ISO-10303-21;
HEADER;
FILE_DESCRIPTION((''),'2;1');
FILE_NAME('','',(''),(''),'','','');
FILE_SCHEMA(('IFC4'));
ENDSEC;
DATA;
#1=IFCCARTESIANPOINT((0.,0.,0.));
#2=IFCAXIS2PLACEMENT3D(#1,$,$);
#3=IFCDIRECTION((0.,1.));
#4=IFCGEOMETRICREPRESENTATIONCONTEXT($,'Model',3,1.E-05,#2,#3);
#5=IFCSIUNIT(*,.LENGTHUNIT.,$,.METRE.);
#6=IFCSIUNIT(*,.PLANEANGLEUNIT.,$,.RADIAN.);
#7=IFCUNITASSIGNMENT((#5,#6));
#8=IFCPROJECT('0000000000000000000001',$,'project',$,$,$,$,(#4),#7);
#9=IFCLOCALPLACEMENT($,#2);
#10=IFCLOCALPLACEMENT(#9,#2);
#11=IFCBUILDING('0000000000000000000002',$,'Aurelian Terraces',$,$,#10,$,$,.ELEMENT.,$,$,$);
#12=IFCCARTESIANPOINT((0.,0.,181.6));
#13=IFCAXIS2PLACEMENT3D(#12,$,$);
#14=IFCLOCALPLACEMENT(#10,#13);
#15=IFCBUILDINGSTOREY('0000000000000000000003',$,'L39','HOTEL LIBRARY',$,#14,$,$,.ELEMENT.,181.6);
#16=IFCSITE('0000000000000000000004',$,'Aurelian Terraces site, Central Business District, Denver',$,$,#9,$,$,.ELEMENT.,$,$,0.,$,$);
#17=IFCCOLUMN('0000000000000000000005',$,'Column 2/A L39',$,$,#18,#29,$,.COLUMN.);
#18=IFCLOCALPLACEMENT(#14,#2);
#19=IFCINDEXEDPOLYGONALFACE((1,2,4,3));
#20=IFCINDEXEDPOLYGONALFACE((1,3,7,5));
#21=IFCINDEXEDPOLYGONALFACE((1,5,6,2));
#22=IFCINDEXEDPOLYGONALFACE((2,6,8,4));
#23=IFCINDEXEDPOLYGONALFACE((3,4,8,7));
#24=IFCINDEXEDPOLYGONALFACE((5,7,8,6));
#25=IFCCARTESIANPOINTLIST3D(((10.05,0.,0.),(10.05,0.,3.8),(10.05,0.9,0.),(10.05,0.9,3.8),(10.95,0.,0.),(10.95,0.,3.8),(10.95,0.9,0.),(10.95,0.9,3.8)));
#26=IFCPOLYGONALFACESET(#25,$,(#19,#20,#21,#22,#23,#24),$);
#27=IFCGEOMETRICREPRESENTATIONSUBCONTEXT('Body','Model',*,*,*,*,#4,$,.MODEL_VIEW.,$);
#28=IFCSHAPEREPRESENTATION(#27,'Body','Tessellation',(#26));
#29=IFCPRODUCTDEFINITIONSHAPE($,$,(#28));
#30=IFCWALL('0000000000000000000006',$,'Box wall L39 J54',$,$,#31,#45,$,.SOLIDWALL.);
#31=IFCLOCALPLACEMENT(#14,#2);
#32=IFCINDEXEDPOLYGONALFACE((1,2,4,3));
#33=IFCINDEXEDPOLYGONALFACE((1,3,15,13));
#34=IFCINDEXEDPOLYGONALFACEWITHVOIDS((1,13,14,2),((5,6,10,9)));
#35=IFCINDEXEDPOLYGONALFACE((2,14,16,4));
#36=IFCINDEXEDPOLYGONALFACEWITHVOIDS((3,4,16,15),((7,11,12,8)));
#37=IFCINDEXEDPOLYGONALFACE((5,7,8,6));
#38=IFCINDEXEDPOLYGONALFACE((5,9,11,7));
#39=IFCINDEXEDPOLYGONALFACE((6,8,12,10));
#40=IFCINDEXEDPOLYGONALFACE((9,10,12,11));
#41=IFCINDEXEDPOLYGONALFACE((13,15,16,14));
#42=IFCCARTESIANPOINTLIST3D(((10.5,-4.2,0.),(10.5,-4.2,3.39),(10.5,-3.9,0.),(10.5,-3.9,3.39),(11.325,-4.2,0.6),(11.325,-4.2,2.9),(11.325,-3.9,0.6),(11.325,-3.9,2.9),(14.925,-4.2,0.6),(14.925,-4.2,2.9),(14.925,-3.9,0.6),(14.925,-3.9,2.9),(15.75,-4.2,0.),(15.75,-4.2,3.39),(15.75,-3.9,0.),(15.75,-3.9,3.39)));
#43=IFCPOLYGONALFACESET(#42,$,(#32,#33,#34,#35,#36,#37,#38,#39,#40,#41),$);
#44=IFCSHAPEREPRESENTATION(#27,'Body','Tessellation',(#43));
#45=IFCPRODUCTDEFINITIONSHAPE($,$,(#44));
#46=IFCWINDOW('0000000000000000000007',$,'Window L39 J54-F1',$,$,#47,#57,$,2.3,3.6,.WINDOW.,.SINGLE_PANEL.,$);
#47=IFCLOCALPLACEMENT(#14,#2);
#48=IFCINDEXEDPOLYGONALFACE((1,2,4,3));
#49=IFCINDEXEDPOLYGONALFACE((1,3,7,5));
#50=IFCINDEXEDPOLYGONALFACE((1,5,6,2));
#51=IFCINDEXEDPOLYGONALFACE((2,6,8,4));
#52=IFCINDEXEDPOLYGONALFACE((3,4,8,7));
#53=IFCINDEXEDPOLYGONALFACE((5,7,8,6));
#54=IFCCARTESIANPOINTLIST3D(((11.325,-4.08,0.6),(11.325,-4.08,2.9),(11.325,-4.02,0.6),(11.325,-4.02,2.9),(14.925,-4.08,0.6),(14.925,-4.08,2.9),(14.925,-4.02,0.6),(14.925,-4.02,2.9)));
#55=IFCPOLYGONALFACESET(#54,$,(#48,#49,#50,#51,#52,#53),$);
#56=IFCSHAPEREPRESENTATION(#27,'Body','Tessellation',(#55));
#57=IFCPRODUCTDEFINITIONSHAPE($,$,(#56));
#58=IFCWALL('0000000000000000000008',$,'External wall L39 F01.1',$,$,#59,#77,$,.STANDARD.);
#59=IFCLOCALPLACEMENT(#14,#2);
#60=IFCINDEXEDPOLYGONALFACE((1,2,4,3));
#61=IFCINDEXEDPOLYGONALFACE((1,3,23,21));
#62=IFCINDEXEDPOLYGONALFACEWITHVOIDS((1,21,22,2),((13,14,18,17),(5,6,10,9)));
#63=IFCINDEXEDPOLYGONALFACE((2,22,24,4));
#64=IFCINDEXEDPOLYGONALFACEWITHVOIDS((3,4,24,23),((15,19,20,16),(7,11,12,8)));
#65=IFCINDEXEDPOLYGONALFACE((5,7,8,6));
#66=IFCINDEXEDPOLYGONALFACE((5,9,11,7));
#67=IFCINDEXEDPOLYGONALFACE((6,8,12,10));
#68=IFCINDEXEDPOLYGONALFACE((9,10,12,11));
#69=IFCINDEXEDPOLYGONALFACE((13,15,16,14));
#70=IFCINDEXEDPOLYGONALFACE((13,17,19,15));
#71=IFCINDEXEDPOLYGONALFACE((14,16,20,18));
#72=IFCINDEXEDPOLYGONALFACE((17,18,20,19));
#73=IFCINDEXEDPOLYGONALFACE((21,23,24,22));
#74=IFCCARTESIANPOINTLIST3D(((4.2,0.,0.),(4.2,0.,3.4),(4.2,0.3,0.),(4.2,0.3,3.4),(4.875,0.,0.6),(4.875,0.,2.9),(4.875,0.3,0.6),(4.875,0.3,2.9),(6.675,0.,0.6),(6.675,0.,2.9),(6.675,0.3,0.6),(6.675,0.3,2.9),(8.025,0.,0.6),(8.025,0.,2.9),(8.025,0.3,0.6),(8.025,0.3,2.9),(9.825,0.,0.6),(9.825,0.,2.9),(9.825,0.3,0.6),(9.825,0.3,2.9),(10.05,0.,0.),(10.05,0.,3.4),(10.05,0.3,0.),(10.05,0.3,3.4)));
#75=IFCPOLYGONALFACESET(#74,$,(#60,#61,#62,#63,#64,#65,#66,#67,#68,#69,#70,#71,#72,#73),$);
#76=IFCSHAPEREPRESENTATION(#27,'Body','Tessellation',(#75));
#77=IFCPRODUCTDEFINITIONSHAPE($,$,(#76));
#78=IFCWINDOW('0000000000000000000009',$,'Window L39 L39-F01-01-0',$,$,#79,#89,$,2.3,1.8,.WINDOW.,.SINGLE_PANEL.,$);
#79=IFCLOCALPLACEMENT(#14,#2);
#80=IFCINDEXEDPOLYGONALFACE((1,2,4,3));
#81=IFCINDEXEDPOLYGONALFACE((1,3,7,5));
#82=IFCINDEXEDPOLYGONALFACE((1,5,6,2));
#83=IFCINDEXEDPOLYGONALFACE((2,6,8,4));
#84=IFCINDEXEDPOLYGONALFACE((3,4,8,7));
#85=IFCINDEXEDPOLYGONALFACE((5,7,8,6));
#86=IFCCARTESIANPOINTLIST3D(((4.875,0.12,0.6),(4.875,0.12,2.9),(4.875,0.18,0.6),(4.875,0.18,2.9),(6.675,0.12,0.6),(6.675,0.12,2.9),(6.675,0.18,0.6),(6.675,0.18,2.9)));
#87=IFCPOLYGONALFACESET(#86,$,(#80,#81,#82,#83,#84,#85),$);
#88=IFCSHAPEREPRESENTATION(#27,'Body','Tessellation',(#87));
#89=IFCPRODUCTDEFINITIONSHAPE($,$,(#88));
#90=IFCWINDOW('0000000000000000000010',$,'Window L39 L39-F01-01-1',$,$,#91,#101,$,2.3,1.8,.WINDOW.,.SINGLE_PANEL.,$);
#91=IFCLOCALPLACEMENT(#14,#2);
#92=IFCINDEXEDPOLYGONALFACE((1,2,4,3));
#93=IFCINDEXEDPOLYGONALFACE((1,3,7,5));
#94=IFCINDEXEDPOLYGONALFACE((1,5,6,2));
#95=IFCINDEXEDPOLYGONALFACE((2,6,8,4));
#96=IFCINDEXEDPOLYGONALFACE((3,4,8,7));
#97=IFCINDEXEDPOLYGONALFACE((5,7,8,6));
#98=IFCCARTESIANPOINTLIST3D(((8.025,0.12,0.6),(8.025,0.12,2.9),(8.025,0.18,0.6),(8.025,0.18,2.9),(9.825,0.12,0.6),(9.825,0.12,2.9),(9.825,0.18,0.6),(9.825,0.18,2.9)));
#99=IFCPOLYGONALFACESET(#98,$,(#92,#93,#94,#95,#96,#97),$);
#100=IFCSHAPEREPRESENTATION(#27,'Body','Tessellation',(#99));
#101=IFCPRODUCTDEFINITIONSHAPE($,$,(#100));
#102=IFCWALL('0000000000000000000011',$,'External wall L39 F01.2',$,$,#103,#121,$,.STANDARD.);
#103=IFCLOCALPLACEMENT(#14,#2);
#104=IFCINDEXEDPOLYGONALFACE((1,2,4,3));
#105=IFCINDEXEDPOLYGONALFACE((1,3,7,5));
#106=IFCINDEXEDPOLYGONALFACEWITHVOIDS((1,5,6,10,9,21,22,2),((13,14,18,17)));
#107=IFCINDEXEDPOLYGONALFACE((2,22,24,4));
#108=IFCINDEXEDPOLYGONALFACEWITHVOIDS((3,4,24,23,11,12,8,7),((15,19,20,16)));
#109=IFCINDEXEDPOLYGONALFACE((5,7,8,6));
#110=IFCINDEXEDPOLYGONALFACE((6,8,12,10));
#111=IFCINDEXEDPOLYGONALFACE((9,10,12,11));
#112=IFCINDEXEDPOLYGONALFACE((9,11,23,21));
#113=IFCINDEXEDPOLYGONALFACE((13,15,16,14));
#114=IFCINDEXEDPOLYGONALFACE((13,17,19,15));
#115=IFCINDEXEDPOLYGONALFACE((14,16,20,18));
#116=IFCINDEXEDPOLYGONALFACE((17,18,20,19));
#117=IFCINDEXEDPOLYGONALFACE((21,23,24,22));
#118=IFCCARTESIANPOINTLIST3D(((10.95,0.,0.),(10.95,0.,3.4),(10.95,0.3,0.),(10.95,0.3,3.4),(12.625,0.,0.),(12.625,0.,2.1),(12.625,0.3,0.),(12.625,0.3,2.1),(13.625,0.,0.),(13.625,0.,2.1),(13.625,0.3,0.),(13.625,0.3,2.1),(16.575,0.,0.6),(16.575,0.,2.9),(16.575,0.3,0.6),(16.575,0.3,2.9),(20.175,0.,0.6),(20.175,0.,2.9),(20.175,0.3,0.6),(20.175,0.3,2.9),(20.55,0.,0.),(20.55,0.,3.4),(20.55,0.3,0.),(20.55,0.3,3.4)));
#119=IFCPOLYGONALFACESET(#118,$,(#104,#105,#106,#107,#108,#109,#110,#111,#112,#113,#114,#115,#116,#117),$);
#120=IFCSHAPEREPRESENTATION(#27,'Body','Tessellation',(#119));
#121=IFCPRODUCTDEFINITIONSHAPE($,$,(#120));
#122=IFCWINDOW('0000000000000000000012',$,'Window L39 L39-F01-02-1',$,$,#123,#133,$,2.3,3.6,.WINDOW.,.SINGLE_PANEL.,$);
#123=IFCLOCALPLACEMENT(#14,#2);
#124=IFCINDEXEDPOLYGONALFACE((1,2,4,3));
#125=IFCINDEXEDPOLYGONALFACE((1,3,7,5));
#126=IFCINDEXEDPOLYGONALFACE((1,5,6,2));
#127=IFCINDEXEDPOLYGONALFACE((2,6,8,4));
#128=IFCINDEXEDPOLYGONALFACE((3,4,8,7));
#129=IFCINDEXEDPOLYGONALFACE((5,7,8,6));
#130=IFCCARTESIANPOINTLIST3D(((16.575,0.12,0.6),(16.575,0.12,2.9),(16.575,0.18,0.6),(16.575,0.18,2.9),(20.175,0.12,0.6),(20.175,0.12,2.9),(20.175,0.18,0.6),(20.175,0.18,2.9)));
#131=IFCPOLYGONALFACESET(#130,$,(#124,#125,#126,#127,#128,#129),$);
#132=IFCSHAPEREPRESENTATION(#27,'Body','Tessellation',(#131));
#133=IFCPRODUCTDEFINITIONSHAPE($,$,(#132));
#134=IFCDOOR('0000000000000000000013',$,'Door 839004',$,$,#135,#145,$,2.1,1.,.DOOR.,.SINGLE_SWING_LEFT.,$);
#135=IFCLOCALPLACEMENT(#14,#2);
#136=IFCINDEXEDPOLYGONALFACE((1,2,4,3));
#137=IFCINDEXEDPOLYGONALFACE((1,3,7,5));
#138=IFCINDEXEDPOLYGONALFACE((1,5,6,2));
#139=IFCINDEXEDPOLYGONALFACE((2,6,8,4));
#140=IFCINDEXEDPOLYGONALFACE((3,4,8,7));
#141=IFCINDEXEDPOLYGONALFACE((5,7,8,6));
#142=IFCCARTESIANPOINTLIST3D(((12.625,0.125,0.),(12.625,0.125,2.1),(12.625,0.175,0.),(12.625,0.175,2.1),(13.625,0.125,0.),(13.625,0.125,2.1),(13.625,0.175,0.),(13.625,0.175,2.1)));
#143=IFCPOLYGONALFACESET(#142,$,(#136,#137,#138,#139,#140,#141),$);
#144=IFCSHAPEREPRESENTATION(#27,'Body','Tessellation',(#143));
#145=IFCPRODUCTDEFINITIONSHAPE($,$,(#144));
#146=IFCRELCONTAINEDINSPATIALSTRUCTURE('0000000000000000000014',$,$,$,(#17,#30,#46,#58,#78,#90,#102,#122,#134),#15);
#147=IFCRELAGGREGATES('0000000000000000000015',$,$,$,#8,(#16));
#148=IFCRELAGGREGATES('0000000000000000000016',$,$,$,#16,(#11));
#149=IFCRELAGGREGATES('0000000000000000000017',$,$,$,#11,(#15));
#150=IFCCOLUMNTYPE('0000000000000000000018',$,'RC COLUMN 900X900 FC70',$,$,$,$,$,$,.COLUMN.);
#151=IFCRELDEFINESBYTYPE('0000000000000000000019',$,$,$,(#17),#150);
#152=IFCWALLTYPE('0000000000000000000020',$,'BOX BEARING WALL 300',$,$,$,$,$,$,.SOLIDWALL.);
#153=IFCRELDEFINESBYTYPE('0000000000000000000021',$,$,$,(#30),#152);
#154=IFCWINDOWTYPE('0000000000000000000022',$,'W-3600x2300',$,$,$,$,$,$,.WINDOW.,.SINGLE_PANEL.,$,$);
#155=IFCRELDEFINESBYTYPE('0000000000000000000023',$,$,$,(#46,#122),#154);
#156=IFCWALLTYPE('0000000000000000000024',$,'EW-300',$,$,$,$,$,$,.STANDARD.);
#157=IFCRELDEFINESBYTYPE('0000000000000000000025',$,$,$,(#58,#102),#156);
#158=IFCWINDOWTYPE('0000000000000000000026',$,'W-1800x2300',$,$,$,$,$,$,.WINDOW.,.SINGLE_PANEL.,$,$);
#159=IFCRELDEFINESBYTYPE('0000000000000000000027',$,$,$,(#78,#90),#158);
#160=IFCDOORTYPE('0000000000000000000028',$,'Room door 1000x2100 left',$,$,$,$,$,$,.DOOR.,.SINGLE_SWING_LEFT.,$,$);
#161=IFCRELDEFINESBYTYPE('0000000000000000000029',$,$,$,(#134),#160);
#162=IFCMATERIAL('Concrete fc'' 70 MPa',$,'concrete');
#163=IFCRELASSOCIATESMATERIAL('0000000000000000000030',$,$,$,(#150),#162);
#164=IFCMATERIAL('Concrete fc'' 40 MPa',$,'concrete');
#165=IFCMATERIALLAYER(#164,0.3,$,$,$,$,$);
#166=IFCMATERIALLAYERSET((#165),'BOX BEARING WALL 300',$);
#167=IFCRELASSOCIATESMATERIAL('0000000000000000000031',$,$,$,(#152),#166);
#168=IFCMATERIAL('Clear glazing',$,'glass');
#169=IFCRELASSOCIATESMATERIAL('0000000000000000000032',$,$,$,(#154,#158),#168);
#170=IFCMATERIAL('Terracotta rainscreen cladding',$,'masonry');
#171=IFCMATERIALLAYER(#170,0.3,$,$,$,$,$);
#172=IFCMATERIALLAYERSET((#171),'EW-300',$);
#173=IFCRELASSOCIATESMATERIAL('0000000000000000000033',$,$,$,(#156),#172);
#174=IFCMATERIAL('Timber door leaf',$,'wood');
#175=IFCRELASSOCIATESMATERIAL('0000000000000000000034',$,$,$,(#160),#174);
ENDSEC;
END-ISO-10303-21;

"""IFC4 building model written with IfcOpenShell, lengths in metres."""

from ifc_helpers import new_model, si_unit, direction, frame, frame_2d, origin, origin_2d, place, context, subcontext, project, spatial, rectangle, extrude, source, transform, mapped, material, layer, layer_set, material_profile, profile_set, type_object, element, fill, save


model = new_model("IFC4")

# Units and contexts
model_context = context("Model", 3, precision=1e-05, world=origin(), true_north=direction((0.0, 1.0)))
body_context = subcontext(model_context, "Body", "Model", "MODEL_VIEW")
ifc_project = project(units=[si_unit("LENGTHUNIT", "METRE"), si_unit("PLANEANGLEUNIT", "RADIAN")], contexts=[model_context])

# Site, building, storey
site_placement = place(None, origin())
site = spatial("IfcSite", under=ifc_project, at=site_placement, Name="Aurelian Terraces site, Central Business District, Denver", CompositionType="ELEMENT", RefElevation=0.0)
building_placement = place(site_placement, origin())
building = spatial("IfcBuilding", under=site, at=building_placement, Name="Aurelian Terraces", CompositionType="ELEMENT")
storey_placement = place(building_placement, frame((0.0, 0.0, 181.6)))
storey = spatial("IfcBuildingStorey", under=building, at=storey_placement, Name="L39", Description="HOTEL LIBRARY", CompositionType="ELEMENT", Elevation=181.6)

# Column
ifc_material_1 = material(Name="Concrete fc' 70 MPa", Category="concrete")
ifc_material_profile = material_profile(ifc_material_1, rectangle(XDim=0.9, YDim=0.9, at=origin_2d()))
ifc_profile_set = profile_set([ifc_material_profile], Name="Concrete fc' 70 MPa")
column_type = type_object("IfcColumnType", Name="RC COLUMN 900X900 FC70", PredefinedType="COLUMN", material=ifc_profile_set)
shared_shape_1 = source(origin(), body_context, "Body", "SweptSolid", [
    extrude(rectangle(XDim=0.9, YDim=0.9, at=origin_2d()), origin(), (0.0, 0.0, 1.0), 3.8),
])
column_placement = place(storey_placement, frame((10.5, 0.45, 0.0), z_axis=(0.0, 0.0, 1.0), x_axis=(1.0, 0.0, 0.0)))
element("IfcColumn", 1, at=column_placement, inside=storey, type_object=column_type, Name="Column 2/A L39", PredefinedType="COLUMN", context=body_context, shape_type="MappedRepresentation", body=[
    mapped(shared_shape_1, transform((0.0, 0.0, 0.0), scale=1.0)),
])

# Wall, opening, window
ifc_material_2 = material(Name="Concrete fc' 40 MPa", Category="concrete")
ifc_layer_1 = layer(ifc_material_2, 0.3)
ifc_layer_set_1 = layer_set([ifc_layer_1], Name="BOX BEARING WALL 300")
wall_type_1 = type_object("IfcWallType", Name="BOX BEARING WALL 300", PredefinedType="SOLIDWALL", material=ifc_layer_set_1)
wall_1_placement = place(storey_placement, frame((10.5, -4.05, 0.0), z_axis=(0.0, 0.0, 1.0), x_axis=(1.0, 0.0, 0.0)))
wall_1 = element("IfcWall", 2, at=wall_1_placement, inside=storey, type_object=wall_type_1, Name="Box wall L39 J54", PredefinedType="SOLIDWALL", context=body_context, shape_type="SweptSolid", body=[
    extrude(rectangle(XDim=5.25, YDim=0.3, at=frame_2d((2.625, 0.0))), origin(), (0.0, 0.0, 1.0), 3.39),
])
shared_shape_2 = source(origin(), body_context, "Body", "SweptSolid", [
    extrude(rectangle(XDim=3.6, YDim=2.3, at=frame_2d((1.8, 1.15))), frame((0.0, 0.16, 0.0), z_axis=(0.0, -1.0, 0.0), x_axis=(1.0, 0.0, 0.0)), (0.0, 0.0, 1.0), 0.32),
])
opening_1_placement = place(wall_1_placement, frame((0.825, 0.0, 0.6)))
opening_1 = element("IfcOpeningElement", 3, at=opening_1_placement, cuts=wall_1, PredefinedType="OPENING", context=body_context, shape_type="MappedRepresentation", body=[
    mapped(shared_shape_2, transform((0.0, 0.0, 0.0), scale=1.0)),
])
ifc_material_3 = material(Name="Clear glazing", Category="glass")
window_type_1 = type_object("IfcWindowType", Name="W-3600x2300", PartitioningType="SINGLE_PANEL", PredefinedType="WINDOW", material=ifc_material_3)
shared_shape_3 = source(origin(), body_context, "Body", "SweptSolid", [
    extrude(rectangle(XDim=3.6, YDim=2.3, at=frame_2d((1.8, 1.15))), frame((0.0, 0.03, 0.0), z_axis=(0.0, -1.0, 0.0), x_axis=(1.0, 0.0, 0.0)), (0.0, 0.0, 1.0), 0.06),
])
window_1_placement = place(opening_1_placement, origin())
window_1 = element("IfcWindow", 4, at=window_1_placement, inside=storey, type_object=window_type_1, Name="Window L39 J54-F1", OverallHeight=2.3, OverallWidth=3.6, PartitioningType="SINGLE_PANEL", PredefinedType="WINDOW", context=body_context, shape_type="MappedRepresentation", body=[
    mapped(shared_shape_3, transform((0.0, 0.0, 0.0), scale=1.0)),
])
fill(opening_1, window_1)

# Wall, openings, windows
ifc_material_4 = material(Name="Terracotta rainscreen cladding", Category="masonry")
ifc_layer_2 = layer(ifc_material_4, 0.3)
ifc_layer_set_2 = layer_set([ifc_layer_2], Name="EW-300")
wall_type_2 = type_object("IfcWallType", Name="EW-300", PredefinedType="STANDARD", material=ifc_layer_set_2)
wall_2_placement = place(storey_placement, frame((4.2, 0.15, 0.0), z_axis=(0.0, 0.0, 1.0), x_axis=(1.0, 0.0, 0.0)))
wall_2 = element("IfcWall", 5, at=wall_2_placement, inside=storey, type_object=wall_type_2, Name="External wall L39 F01.1", PredefinedType="STANDARD", context=body_context, shape_type="SweptSolid", body=[
    extrude(rectangle(XDim=5.85, YDim=0.3, at=frame_2d((2.925, 0.0))), origin(), (0.0, 0.0, 1.0), 3.4),
])
shared_shape_4 = source(origin(), body_context, "Body", "SweptSolid", [
    extrude(rectangle(XDim=1.8, YDim=2.3, at=frame_2d((0.9, 1.15))), frame((0.0, 0.16, 0.0), z_axis=(0.0, -1.0, 0.0), x_axis=(1.0, 0.0, 0.0)), (0.0, 0.0, 1.0), 0.32),
])
opening_2_placement = place(wall_2_placement, frame((0.675, 0.0, 0.6)))
opening_2 = element("IfcOpeningElement", 6, at=opening_2_placement, cuts=wall_2, PredefinedType="OPENING", context=body_context, shape_type="MappedRepresentation", body=[
    mapped(shared_shape_4, transform((0.0, 0.0, 0.0), scale=1.0)),
])
opening_3_placement = place(wall_2_placement, frame((3.825, 0.0, 0.6)))
opening_3 = element("IfcOpeningElement", 7, at=opening_3_placement, cuts=wall_2, PredefinedType="OPENING", context=body_context, shape_type="MappedRepresentation", body=[
    mapped(shared_shape_4, transform((0.0, 0.0, 0.0), scale=1.0)),
])
window_type_2 = type_object("IfcWindowType", Name="W-1800x2300", PartitioningType="SINGLE_PANEL", PredefinedType="WINDOW", material=ifc_material_3)
shared_shape_5 = source(origin(), body_context, "Body", "SweptSolid", [
    extrude(rectangle(XDim=1.8, YDim=2.3, at=frame_2d((0.9, 1.15))), frame((0.0, 0.03, 0.0), z_axis=(0.0, -1.0, 0.0), x_axis=(1.0, 0.0, 0.0)), (0.0, 0.0, 1.0), 0.06),
])
window_2_placement = place(opening_2_placement, origin())
window_2 = element("IfcWindow", 8, at=window_2_placement, inside=storey, type_object=window_type_2, Name="Window L39 L39-F01-01-0", OverallHeight=2.3, OverallWidth=1.8, PartitioningType="SINGLE_PANEL", PredefinedType="WINDOW", context=body_context, shape_type="MappedRepresentation", body=[
    mapped(shared_shape_5, transform((0.0, 0.0, 0.0), scale=1.0)),
])
fill(opening_2, window_2)
window_3_placement = place(opening_3_placement, origin())
window_3 = element("IfcWindow", 9, at=window_3_placement, inside=storey, type_object=window_type_2, Name="Window L39 L39-F01-01-1", OverallHeight=2.3, OverallWidth=1.8, PartitioningType="SINGLE_PANEL", PredefinedType="WINDOW", context=body_context, shape_type="MappedRepresentation", body=[
    mapped(shared_shape_5, transform((0.0, 0.0, 0.0), scale=1.0)),
])
fill(opening_3, window_3)

# Wall, openings, window, door
wall_3_placement = place(storey_placement, frame((10.95, 0.15, 0.0), z_axis=(0.0, 0.0, 1.0), x_axis=(1.0, 0.0, 0.0)))
wall_3 = element("IfcWall", 10, at=wall_3_placement, inside=storey, type_object=wall_type_2, Name="External wall L39 F01.2", PredefinedType="STANDARD", context=body_context, shape_type="SweptSolid", body=[
    extrude(rectangle(XDim=9.6, YDim=0.3, at=frame_2d((4.8, 0.0))), origin(), (0.0, 0.0, 1.0), 3.4),
])
opening_4_placement = place(wall_3_placement, frame((5.625, 0.0, 0.6)))
opening_4 = element("IfcOpeningElement", 11, at=opening_4_placement, cuts=wall_3, PredefinedType="OPENING", context=body_context, shape_type="MappedRepresentation", body=[
    mapped(shared_shape_2, transform((0.0, 0.0, 0.0), scale=1.0)),
])
shared_shape_6 = source(origin(), body_context, "Body", "SweptSolid", [
    extrude(rectangle(XDim=1.0, YDim=2.1, at=frame_2d((0.5, 1.05))), frame((0.0, 0.16, 0.0), z_axis=(0.0, -1.0, 0.0), x_axis=(1.0, 0.0, 0.0)), (0.0, 0.0, 1.0), 0.32),
])
opening_5_placement = place(wall_3_placement, frame((1.675, 0.0, 0.0)))
opening_5 = element("IfcOpeningElement", 12, at=opening_5_placement, cuts=wall_3, PredefinedType="OPENING", context=body_context, shape_type="MappedRepresentation", body=[
    mapped(shared_shape_6, transform((0.0, 0.0, 0.0), scale=1.0)),
])
window_4_placement = place(opening_4_placement, origin())
window_4 = element("IfcWindow", 13, at=window_4_placement, inside=storey, type_object=window_type_1, Name="Window L39 L39-F01-02-1", OverallHeight=2.3, OverallWidth=3.6, PartitioningType="SINGLE_PANEL", PredefinedType="WINDOW", context=body_context, shape_type="MappedRepresentation", body=[
    mapped(shared_shape_3, transform((0.0, 0.0, 0.0), scale=1.0)),
])
fill(opening_4, window_4)
ifc_material_5 = material(Name="Timber door leaf", Category="wood")
door_type_1 = type_object("IfcDoorType", Name="Room door 1000x2100 left", OperationType="SINGLE_SWING_LEFT", PredefinedType="DOOR", material=ifc_material_5)
shared_shape_7 = source(origin(), body_context, "Body", "SweptSolid", [
    extrude(rectangle(XDim=1.0, YDim=2.1, at=frame_2d((0.5, 1.05))), frame((0.0, 0.025, 0.0), z_axis=(0.0, -1.0, 0.0), x_axis=(1.0, 0.0, 0.0)), (0.0, 0.0, 1.0), 0.05),
])
door_1_placement = place(opening_5_placement, origin())
door_1 = element("IfcDoor", 14, at=door_1_placement, inside=storey, type_object=door_type_1, Name="Door 839004", OperationType="SINGLE_SWING_LEFT", OverallHeight=2.1, OverallWidth=1.0, PredefinedType="DOOR", context=body_context, shape_type="MappedRepresentation", body=[
    mapped(shared_shape_7, transform((0.0, 0.0, 0.0), scale=1.0)),
])
fill(opening_5, door_1)

save(model, "model.ifc")
